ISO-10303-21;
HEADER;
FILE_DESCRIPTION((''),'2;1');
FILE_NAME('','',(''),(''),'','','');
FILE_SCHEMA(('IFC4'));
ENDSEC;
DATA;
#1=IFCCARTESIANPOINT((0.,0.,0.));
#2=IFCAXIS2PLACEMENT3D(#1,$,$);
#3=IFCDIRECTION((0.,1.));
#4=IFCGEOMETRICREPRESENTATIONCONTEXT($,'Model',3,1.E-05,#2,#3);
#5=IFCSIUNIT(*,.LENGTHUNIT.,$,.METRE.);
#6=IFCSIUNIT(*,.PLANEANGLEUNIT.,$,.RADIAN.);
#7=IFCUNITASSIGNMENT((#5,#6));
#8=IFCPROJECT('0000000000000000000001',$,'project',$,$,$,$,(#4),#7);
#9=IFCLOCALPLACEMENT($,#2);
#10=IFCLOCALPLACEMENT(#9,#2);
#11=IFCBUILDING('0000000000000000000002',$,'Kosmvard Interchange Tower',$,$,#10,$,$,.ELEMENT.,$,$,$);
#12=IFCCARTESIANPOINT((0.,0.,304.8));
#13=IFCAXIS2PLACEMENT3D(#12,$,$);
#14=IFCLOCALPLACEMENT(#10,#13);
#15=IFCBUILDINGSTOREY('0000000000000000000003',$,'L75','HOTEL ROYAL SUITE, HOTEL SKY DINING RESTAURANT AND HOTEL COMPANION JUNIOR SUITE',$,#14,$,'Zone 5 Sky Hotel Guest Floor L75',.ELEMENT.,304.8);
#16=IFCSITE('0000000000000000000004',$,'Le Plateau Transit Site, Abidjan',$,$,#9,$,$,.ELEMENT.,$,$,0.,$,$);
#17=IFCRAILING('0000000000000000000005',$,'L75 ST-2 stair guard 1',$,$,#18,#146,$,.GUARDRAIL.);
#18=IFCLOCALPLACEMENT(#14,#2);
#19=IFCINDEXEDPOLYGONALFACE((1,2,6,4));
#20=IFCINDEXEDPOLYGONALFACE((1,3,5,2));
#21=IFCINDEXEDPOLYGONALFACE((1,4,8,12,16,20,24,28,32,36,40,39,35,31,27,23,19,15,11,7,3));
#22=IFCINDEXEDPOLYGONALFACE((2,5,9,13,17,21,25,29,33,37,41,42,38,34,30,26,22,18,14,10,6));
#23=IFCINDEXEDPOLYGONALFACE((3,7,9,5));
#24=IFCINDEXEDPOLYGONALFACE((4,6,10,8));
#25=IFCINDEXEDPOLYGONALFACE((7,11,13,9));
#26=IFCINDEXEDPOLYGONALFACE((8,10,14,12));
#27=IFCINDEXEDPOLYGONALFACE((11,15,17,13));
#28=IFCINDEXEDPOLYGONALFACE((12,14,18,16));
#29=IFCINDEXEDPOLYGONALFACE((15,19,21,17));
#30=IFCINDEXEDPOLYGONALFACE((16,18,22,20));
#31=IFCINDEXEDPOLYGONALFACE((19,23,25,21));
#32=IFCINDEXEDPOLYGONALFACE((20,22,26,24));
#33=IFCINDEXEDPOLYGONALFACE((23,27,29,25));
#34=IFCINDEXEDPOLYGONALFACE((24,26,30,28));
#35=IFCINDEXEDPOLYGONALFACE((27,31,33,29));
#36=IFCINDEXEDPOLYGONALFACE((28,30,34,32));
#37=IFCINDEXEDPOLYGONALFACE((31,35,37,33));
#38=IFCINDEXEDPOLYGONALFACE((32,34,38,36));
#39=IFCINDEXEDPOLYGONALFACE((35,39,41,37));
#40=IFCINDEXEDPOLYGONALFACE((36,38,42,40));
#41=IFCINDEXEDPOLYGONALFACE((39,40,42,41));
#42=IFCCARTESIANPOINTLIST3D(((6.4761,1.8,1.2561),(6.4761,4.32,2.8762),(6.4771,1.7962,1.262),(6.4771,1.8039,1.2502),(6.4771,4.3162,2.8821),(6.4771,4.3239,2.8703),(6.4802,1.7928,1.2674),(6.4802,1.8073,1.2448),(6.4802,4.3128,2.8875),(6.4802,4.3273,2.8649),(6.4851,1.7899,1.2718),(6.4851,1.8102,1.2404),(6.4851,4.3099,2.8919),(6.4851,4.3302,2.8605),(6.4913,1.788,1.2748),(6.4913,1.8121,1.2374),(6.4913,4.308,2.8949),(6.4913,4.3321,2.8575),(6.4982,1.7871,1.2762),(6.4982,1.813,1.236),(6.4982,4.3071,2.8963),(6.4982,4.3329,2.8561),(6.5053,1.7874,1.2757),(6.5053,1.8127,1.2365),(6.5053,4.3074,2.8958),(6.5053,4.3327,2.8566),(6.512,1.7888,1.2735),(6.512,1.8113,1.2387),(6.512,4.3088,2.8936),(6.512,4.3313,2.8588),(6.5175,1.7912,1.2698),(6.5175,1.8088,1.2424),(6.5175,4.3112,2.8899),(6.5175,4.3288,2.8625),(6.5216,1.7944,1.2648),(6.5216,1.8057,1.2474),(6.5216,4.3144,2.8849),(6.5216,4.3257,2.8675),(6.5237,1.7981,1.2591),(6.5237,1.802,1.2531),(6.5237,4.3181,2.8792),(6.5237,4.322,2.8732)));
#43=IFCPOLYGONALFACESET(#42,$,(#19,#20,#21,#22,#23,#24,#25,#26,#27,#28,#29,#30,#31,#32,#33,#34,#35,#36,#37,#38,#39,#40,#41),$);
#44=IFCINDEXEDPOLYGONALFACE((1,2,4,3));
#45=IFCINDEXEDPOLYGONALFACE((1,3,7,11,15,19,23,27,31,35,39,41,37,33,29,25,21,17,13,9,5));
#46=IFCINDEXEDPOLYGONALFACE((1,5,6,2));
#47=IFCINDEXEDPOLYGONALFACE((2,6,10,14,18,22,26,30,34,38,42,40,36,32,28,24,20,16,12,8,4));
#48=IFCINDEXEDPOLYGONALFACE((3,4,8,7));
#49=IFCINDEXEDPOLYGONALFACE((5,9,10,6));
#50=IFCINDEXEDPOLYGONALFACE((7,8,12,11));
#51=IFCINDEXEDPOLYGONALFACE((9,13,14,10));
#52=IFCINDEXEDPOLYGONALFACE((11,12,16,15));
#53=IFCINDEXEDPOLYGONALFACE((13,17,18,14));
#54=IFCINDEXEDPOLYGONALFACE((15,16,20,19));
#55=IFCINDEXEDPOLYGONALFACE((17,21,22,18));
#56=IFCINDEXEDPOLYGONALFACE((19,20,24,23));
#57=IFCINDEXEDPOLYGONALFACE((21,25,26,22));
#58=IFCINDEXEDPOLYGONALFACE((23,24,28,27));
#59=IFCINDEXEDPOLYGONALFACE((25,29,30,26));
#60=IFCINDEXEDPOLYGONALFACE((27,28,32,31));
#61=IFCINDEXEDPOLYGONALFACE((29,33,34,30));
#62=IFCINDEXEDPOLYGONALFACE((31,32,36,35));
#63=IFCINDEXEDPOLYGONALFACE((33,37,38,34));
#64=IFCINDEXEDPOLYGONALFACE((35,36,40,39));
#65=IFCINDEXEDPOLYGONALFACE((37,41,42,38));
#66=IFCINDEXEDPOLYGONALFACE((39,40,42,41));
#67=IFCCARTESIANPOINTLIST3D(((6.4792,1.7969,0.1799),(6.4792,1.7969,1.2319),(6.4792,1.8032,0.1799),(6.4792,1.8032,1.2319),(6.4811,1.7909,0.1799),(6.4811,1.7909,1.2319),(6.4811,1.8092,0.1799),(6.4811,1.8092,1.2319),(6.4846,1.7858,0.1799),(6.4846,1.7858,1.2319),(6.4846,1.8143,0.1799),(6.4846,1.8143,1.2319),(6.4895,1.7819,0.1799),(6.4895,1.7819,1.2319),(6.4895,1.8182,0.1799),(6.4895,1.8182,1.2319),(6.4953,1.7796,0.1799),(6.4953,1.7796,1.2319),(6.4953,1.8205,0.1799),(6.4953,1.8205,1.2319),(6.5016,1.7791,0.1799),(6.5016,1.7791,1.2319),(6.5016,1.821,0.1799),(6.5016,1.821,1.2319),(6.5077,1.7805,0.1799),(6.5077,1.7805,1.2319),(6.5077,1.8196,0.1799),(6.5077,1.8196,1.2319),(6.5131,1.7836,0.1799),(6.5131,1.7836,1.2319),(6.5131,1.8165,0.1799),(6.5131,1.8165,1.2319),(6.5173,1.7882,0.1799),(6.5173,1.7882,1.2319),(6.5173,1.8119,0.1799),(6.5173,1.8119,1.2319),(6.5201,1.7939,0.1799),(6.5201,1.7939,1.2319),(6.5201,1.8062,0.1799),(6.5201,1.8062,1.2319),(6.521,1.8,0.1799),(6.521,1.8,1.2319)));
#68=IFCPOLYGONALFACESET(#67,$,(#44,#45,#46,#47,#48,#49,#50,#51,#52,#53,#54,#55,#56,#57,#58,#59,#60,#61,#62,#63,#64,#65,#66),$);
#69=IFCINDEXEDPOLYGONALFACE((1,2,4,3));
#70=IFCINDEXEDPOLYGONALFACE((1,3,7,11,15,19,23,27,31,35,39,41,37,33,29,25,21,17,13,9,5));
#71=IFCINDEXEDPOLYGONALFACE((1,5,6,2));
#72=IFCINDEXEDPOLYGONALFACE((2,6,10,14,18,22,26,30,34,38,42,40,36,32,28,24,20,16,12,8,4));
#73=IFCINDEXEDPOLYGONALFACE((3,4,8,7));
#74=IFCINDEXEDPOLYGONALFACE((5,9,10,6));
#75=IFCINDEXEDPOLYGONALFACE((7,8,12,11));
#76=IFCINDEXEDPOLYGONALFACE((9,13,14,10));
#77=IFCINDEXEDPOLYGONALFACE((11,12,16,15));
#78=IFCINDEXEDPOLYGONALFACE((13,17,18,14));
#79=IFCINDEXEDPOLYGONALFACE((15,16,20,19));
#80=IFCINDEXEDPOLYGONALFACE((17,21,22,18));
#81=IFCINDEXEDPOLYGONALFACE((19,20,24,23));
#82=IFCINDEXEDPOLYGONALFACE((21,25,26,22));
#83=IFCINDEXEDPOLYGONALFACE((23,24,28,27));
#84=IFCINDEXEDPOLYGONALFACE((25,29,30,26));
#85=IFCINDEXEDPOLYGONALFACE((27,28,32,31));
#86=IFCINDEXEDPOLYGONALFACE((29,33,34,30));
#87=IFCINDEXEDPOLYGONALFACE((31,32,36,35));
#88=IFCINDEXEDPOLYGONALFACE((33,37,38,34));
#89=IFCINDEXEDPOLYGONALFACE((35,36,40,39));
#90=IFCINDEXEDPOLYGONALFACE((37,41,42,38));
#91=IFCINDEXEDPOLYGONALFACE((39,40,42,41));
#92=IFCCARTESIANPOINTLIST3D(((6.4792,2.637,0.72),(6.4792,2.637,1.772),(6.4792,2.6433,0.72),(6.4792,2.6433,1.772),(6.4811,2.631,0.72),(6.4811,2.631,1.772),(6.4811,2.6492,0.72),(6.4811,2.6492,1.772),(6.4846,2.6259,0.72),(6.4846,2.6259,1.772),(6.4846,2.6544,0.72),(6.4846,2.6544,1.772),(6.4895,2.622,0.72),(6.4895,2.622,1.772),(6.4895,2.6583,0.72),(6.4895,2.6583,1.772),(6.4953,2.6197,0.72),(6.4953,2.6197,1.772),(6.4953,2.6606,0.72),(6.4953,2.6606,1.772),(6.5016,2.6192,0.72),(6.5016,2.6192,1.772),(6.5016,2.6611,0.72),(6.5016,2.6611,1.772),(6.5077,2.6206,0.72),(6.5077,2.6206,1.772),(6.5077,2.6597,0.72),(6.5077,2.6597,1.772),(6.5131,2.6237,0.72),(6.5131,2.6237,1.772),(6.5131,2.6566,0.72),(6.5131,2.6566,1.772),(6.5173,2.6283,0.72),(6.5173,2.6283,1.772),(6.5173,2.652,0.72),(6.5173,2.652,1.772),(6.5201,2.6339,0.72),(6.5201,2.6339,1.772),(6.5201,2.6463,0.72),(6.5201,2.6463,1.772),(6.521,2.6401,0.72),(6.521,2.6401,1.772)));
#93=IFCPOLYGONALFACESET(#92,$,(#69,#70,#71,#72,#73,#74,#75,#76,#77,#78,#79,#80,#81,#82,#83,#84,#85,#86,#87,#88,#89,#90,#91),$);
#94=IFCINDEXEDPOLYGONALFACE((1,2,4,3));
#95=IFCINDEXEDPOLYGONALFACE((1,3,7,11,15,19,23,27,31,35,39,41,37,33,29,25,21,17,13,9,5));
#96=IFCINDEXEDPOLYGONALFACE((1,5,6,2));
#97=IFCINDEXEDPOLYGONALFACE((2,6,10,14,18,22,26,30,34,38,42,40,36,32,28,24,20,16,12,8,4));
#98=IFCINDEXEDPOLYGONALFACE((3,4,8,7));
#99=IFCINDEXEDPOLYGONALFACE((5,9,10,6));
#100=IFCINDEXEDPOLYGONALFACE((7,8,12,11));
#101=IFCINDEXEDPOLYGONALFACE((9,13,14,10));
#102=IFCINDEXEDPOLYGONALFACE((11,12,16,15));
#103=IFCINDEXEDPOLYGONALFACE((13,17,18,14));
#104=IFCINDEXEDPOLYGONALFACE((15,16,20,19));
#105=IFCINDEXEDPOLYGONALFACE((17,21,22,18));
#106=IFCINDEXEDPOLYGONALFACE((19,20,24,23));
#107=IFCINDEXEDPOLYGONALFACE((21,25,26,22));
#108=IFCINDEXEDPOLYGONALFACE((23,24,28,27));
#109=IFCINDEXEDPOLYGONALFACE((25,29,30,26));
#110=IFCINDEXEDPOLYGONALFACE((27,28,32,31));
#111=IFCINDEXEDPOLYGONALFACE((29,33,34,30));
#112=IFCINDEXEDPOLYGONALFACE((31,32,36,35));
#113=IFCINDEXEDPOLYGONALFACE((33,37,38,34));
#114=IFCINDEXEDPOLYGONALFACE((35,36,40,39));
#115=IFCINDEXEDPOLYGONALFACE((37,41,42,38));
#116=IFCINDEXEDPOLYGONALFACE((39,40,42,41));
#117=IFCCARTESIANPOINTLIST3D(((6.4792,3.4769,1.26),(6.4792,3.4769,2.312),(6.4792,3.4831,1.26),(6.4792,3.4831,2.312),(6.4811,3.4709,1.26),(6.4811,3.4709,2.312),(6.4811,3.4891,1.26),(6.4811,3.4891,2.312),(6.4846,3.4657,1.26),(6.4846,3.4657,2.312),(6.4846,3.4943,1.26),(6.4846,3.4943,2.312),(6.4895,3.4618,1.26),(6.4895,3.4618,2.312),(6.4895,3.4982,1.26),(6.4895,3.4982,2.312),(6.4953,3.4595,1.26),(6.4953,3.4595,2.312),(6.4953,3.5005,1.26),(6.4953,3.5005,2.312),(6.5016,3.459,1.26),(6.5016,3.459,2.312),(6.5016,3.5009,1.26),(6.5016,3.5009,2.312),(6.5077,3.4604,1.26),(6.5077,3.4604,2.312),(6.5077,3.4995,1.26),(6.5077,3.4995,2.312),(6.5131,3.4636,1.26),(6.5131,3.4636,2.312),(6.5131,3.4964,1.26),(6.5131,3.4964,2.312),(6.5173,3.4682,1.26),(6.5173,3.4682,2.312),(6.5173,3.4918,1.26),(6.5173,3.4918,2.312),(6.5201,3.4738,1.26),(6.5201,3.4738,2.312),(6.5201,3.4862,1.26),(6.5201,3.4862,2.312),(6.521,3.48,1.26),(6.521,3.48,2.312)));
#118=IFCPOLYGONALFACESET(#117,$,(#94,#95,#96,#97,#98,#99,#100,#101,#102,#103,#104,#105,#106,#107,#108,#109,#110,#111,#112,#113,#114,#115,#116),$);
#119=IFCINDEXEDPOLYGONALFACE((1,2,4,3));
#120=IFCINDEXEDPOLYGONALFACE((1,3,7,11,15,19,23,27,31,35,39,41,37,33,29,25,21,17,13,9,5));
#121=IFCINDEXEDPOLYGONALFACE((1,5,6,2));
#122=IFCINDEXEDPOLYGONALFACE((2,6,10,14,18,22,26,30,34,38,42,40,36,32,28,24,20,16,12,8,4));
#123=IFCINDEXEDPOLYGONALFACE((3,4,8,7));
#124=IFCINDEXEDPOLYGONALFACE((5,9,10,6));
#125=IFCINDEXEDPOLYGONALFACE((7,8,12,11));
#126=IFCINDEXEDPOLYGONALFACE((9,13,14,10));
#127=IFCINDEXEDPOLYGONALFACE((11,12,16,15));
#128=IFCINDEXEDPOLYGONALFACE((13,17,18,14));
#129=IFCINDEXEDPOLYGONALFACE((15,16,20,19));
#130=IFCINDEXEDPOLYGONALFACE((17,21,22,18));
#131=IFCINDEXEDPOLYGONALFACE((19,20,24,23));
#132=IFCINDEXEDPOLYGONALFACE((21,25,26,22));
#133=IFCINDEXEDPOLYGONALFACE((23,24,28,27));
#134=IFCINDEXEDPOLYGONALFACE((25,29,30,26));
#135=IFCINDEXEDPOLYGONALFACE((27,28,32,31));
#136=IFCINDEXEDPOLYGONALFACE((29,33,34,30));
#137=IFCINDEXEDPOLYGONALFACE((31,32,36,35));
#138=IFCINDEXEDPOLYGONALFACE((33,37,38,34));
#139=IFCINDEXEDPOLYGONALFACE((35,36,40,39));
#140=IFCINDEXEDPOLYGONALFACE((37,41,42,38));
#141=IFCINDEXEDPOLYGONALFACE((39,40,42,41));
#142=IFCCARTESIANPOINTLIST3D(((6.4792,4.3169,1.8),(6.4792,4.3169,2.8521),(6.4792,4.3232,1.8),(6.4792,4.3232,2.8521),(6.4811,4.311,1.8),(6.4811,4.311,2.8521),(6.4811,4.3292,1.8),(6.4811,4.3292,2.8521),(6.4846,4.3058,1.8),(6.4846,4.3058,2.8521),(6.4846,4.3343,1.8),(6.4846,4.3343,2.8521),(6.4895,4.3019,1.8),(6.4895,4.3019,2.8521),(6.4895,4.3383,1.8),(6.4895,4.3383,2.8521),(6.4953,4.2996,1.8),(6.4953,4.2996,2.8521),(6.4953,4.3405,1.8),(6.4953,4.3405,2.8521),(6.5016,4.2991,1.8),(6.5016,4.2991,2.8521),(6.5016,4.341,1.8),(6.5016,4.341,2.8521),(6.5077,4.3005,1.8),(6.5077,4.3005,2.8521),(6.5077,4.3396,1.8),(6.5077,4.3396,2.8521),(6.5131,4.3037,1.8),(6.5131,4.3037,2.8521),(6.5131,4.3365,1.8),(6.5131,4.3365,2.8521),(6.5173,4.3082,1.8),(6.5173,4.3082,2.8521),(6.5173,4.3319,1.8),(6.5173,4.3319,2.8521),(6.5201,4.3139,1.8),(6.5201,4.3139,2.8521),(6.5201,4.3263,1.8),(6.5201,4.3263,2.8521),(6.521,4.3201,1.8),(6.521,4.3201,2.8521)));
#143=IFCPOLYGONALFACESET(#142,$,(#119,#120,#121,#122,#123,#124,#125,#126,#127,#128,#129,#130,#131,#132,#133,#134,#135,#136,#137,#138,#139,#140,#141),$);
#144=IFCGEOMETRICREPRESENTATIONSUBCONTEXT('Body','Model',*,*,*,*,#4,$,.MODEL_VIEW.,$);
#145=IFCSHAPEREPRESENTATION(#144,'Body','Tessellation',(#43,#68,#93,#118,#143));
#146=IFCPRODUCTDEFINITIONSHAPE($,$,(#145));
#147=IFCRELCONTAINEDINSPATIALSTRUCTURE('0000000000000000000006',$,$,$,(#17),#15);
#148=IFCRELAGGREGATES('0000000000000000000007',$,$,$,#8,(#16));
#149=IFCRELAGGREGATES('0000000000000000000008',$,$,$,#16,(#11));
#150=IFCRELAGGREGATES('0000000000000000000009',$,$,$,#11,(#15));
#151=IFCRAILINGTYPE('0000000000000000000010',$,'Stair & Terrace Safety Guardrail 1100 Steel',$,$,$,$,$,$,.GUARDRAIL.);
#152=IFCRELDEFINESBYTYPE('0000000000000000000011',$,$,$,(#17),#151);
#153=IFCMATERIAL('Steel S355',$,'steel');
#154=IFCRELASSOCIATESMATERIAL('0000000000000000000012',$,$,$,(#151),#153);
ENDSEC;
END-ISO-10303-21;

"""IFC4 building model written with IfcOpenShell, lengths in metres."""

from ifc_helpers import new_model, si_unit, direction, frame, origin, origin_2d, place, context, subcontext, project, spatial, circle, extrude, source, transform, mapped, material, type_object, element, save


model = new_model("IFC4")

# Units and contexts
model_context = context("Model", 3, precision=1e-05, world=origin(), true_north=direction((0.0, 1.0)))
body_context = subcontext(model_context, "Body", "Model", "MODEL_VIEW")
ifc_project = project(units=[si_unit("LENGTHUNIT", "METRE"), si_unit("PLANEANGLEUNIT", "RADIAN")], contexts=[model_context])

# Site, building, storey
site_placement = place(None, origin())
site = spatial("IfcSite", under=ifc_project, at=site_placement, Name="Le Plateau Transit Site, Abidjan", CompositionType="ELEMENT", RefElevation=0.0)
building_placement = place(site_placement, origin())
building = spatial("IfcBuilding", under=site, at=building_placement, Name="Kosmvard Interchange Tower", CompositionType="ELEMENT")
storey_placement = place(building_placement, frame((0.0, 0.0, 304.8)))
storey = spatial("IfcBuildingStorey", under=building, at=storey_placement, Name="L75", Description="HOTEL ROYAL SUITE, HOTEL SKY DINING RESTAURANT AND HOTEL COMPANION JUNIOR SUITE", LongName="Zone 5 Sky Hotel Guest Floor L75", CompositionType="ELEMENT", Elevation=304.8)

# Shared definitions
ifc_material_1 = material(Name="Steel S355", Category="steel")

# Railing
railing_type_1 = type_object("IfcRailingType", Name="Stair & Terrace Safety Guardrail 1100 Steel", PredefinedType="GUARDRAIL", material=ifc_material_1)
shared_shape_1 = source(origin(), body_context, "Body", "SweptSolid", [
    extrude(circle(Radius=0.0239, at=origin_2d()), frame((0.0, 0.0, 1.0762), z_axis=(0.0, 0.841163, 0.540782), x_axis=(-1.0, 0.0, 0.0)), (0.0, 0.0, 1.0), 2.9958),
    extrude(circle(Radius=0.021, at=origin_2d()), origin(), (0.0, 0.0, 1.0), 1.052),
    extrude(circle(Radius=0.021, at=origin_2d()), frame((0.0, 0.8401, 0.54)), (0.0, 0.0, 1.0), 1.052),
    extrude(circle(Radius=0.021, at=origin_2d()), frame((0.0, 1.6799, 1.0801)), (0.0, 0.0, 1.0), 1.052),
    extrude(circle(Radius=0.021, at=origin_2d()), frame((0.0, 2.52, 1.6201)), (0.0, 0.0, 1.0), 1.052),
])
railing_1_placement = place(storey_placement, frame((6.5, 1.8, 0.1799)))
element("IfcRailing", 1, at=railing_1_placement, inside=storey, type_object=railing_type_1, Name="L75 ST-2 stair guard 1", PredefinedType="GUARDRAIL", context=body_context, shape_type="MappedRepresentation", body=[
    mapped(shared_shape_1, transform((0.0, 0.0, 0.0), scale=1.0)),
])

save(model, "model.ifc")
